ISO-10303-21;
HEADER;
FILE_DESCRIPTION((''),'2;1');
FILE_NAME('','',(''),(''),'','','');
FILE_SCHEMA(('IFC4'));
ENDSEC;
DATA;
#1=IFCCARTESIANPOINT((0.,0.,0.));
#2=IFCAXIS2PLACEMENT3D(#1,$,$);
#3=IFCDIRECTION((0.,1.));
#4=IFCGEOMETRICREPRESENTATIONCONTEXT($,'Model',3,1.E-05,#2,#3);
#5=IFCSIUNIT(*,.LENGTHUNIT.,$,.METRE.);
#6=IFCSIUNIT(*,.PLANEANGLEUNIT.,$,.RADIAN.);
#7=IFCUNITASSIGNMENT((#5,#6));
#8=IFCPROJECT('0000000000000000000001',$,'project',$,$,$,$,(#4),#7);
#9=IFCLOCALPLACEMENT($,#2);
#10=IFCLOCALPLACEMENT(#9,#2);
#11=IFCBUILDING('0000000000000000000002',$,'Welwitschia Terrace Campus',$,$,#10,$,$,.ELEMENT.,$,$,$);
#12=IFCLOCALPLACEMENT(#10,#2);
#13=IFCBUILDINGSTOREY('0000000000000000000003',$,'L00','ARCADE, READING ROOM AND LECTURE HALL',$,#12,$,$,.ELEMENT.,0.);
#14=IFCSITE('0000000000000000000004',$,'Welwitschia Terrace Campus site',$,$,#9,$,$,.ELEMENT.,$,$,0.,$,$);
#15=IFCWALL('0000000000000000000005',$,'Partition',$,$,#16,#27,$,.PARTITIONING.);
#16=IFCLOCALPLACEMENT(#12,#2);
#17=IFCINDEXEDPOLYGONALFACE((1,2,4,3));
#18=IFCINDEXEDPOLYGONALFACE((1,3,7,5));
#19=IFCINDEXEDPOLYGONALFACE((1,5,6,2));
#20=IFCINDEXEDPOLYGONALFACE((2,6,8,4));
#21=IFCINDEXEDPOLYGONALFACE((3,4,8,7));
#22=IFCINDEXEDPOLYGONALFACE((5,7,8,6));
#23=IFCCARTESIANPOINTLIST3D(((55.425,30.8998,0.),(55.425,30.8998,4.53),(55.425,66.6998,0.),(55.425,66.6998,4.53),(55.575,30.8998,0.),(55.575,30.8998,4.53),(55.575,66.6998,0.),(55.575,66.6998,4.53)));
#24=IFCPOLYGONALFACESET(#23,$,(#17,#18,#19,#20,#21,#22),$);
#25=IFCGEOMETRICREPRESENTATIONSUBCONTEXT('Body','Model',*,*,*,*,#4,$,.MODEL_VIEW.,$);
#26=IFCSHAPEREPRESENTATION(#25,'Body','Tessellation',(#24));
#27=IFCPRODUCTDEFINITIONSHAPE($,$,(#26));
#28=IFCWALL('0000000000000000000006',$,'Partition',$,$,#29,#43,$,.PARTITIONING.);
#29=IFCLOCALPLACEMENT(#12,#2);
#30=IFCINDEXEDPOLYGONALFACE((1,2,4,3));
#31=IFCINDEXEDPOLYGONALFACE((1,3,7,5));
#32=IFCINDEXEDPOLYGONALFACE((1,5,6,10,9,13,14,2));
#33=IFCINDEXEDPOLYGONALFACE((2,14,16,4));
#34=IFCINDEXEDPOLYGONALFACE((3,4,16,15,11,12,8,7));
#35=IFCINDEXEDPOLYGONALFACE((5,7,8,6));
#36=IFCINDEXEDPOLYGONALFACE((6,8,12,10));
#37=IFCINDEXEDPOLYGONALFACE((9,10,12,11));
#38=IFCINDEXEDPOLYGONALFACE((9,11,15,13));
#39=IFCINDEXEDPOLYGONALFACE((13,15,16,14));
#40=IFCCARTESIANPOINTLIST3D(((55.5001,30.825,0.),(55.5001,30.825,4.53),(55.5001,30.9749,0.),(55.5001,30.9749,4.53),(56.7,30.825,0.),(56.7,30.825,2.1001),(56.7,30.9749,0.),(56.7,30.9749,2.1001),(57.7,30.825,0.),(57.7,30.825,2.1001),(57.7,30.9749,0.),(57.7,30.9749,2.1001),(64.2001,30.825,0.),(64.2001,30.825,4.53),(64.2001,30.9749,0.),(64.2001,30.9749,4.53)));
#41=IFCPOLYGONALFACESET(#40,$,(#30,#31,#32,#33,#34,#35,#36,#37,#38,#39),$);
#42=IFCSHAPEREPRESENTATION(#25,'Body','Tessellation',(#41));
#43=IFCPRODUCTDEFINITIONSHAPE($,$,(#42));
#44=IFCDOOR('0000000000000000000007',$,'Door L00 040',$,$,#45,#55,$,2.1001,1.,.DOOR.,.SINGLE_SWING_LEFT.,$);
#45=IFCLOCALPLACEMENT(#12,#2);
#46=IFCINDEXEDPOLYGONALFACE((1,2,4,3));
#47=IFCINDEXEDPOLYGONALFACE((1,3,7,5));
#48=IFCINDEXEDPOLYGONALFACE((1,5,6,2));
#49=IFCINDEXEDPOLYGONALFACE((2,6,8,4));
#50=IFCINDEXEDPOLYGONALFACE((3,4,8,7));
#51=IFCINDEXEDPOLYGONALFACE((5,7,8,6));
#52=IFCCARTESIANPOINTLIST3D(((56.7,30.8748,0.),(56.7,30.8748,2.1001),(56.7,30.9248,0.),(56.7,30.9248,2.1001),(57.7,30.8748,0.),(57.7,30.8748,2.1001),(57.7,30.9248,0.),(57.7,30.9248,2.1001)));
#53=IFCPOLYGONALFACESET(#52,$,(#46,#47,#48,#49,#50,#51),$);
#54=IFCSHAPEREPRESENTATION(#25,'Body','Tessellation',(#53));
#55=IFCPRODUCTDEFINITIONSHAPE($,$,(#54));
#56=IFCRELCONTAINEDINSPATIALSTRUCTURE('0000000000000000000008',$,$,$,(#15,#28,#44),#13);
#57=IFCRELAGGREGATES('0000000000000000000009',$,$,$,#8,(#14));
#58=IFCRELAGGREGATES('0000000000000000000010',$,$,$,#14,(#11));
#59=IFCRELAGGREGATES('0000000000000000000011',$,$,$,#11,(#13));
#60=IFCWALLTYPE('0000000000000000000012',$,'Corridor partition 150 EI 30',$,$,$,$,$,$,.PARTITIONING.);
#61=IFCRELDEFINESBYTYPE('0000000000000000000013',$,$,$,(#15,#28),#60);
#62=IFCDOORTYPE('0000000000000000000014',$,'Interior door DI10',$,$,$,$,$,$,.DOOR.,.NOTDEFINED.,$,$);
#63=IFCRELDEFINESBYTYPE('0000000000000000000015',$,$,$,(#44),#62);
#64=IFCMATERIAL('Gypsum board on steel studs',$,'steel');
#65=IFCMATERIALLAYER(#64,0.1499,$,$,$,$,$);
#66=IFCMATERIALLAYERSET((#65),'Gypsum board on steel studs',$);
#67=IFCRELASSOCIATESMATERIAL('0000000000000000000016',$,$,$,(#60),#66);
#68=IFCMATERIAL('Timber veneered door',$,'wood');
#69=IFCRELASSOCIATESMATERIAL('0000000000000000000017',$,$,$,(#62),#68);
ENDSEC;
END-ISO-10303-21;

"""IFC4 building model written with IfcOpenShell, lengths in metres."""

from ifc_helpers import new_model, si_unit, direction, frame, frame_2d, origin, place, context, subcontext, project, spatial, rectangle, extrude, material, layer, layer_set, type_object, element, fill, save


model = new_model("IFC4")

# Units and contexts
model_context = context("Model", 3, precision=1e-05, world=origin(), true_north=direction((0.0, 1.0)))
body_context = subcontext(model_context, "Body", "Model", "MODEL_VIEW")
ifc_project = project(units=[si_unit("LENGTHUNIT", "METRE"), si_unit("PLANEANGLEUNIT", "RADIAN")], contexts=[model_context])

# Site, building, storey
site_placement = place(None, origin())
site = spatial("IfcSite", under=ifc_project, at=site_placement, Name="Welwitschia Terrace Campus site", CompositionType="ELEMENT", RefElevation=0.0)
building_placement = place(site_placement, origin())
building = spatial("IfcBuilding", under=site, at=building_placement, Name="Welwitschia Terrace Campus", CompositionType="ELEMENT")
storey_placement = place(building_placement, origin())
storey = spatial("IfcBuildingStorey", under=building, at=storey_placement, Name="L00", Description="ARCADE, READING ROOM AND LECTURE HALL", CompositionType="ELEMENT", Elevation=0.0)

# Shared definitions
ifc_material_1 = material(Name="Gypsum board on steel studs", Category="steel")
ifc_layer = layer(ifc_material_1, 0.1499)
ifc_layer_set = layer_set([ifc_layer], Name="Gypsum board on steel studs")
wall_type = type_object("IfcWallType", Name="Corridor partition 150 EI 30", PredefinedType="PARTITIONING", material=ifc_layer_set)

# Wall
wall_1_placement = place(storey_placement, frame((55.5, 30.8999, 0.0), z_axis=(0.0, 0.0, 1.0), x_axis=(0.0, 1.0, 0.0)))
element("IfcWall", 1, at=wall_1_placement, inside=storey, type_object=wall_type, Name="Partition", PredefinedType="PARTITIONING", context=body_context, shape_type="SweptSolid", body=[
    extrude(rectangle(XDim=35.8, YDim=0.1499, at=frame_2d((17.8999, 0.0))), origin(), (0.0, 0.0, 1.0), 4.53),
])

# Wall, opening, door
wall_2_placement = place(storey_placement, frame((55.5, 30.8999, 0.0), z_axis=(0.0, 0.0, 1.0), x_axis=(1.0, 0.0, 0.0)))
wall_2 = element("IfcWall", 2, at=wall_2_placement, inside=storey, type_object=wall_type, Name="Partition", PredefinedType="PARTITIONING", context=body_context, shape_type="SweptSolid", body=[
    extrude(rectangle(XDim=8.7, YDim=0.1499, at=frame_2d((4.3501, 0.0))), origin(), (0.0, 0.0, 1.0), 4.53),
])
opening_1_placement = place(wall_2_placement, frame((1.2, 0.0, 0.0)))
opening_1 = element("IfcOpeningElement", 3, at=opening_1_placement, cuts=wall_2, PredefinedType="OPENING", context=body_context, shape_type="SweptSolid", body=[
    extrude(rectangle(XDim=1.0, YDim=2.1001, at=frame_2d((0.5, 1.05))), frame((0.0, 0.085, 0.0), z_axis=(0.0, -1.0, 0.0), x_axis=(1.0, 0.0, 0.0)), (0.0, 0.0, 1.0), 0.1699),
])
ifc_material_2 = material(Name="Timber veneered door", Category="wood")
door_type_1 = type_object("IfcDoorType", Name="Interior door DI10", OperationType="NOTDEFINED", PredefinedType="DOOR", material=ifc_material_2)
door_1_placement = place(opening_1_placement, origin())
door_1 = element("IfcDoor", 4, at=door_1_placement, inside=storey, type_object=door_type_1, Name="Door L00 040", OperationType="SINGLE_SWING_LEFT", OverallHeight=2.1001, OverallWidth=1.0, PredefinedType="DOOR", context=body_context, shape_type="SweptSolid", body=[
    extrude(rectangle(XDim=1.0, YDim=2.1001, at=frame_2d((0.5, 1.05))), frame((0.0, 0.0249, 0.0), z_axis=(0.0, -1.0, 0.0), x_axis=(1.0, 0.0, 0.0)), (0.0, 0.0, 1.0), 0.05),
])
fill(opening_1, door_1)

save(model, "model.ifc")
